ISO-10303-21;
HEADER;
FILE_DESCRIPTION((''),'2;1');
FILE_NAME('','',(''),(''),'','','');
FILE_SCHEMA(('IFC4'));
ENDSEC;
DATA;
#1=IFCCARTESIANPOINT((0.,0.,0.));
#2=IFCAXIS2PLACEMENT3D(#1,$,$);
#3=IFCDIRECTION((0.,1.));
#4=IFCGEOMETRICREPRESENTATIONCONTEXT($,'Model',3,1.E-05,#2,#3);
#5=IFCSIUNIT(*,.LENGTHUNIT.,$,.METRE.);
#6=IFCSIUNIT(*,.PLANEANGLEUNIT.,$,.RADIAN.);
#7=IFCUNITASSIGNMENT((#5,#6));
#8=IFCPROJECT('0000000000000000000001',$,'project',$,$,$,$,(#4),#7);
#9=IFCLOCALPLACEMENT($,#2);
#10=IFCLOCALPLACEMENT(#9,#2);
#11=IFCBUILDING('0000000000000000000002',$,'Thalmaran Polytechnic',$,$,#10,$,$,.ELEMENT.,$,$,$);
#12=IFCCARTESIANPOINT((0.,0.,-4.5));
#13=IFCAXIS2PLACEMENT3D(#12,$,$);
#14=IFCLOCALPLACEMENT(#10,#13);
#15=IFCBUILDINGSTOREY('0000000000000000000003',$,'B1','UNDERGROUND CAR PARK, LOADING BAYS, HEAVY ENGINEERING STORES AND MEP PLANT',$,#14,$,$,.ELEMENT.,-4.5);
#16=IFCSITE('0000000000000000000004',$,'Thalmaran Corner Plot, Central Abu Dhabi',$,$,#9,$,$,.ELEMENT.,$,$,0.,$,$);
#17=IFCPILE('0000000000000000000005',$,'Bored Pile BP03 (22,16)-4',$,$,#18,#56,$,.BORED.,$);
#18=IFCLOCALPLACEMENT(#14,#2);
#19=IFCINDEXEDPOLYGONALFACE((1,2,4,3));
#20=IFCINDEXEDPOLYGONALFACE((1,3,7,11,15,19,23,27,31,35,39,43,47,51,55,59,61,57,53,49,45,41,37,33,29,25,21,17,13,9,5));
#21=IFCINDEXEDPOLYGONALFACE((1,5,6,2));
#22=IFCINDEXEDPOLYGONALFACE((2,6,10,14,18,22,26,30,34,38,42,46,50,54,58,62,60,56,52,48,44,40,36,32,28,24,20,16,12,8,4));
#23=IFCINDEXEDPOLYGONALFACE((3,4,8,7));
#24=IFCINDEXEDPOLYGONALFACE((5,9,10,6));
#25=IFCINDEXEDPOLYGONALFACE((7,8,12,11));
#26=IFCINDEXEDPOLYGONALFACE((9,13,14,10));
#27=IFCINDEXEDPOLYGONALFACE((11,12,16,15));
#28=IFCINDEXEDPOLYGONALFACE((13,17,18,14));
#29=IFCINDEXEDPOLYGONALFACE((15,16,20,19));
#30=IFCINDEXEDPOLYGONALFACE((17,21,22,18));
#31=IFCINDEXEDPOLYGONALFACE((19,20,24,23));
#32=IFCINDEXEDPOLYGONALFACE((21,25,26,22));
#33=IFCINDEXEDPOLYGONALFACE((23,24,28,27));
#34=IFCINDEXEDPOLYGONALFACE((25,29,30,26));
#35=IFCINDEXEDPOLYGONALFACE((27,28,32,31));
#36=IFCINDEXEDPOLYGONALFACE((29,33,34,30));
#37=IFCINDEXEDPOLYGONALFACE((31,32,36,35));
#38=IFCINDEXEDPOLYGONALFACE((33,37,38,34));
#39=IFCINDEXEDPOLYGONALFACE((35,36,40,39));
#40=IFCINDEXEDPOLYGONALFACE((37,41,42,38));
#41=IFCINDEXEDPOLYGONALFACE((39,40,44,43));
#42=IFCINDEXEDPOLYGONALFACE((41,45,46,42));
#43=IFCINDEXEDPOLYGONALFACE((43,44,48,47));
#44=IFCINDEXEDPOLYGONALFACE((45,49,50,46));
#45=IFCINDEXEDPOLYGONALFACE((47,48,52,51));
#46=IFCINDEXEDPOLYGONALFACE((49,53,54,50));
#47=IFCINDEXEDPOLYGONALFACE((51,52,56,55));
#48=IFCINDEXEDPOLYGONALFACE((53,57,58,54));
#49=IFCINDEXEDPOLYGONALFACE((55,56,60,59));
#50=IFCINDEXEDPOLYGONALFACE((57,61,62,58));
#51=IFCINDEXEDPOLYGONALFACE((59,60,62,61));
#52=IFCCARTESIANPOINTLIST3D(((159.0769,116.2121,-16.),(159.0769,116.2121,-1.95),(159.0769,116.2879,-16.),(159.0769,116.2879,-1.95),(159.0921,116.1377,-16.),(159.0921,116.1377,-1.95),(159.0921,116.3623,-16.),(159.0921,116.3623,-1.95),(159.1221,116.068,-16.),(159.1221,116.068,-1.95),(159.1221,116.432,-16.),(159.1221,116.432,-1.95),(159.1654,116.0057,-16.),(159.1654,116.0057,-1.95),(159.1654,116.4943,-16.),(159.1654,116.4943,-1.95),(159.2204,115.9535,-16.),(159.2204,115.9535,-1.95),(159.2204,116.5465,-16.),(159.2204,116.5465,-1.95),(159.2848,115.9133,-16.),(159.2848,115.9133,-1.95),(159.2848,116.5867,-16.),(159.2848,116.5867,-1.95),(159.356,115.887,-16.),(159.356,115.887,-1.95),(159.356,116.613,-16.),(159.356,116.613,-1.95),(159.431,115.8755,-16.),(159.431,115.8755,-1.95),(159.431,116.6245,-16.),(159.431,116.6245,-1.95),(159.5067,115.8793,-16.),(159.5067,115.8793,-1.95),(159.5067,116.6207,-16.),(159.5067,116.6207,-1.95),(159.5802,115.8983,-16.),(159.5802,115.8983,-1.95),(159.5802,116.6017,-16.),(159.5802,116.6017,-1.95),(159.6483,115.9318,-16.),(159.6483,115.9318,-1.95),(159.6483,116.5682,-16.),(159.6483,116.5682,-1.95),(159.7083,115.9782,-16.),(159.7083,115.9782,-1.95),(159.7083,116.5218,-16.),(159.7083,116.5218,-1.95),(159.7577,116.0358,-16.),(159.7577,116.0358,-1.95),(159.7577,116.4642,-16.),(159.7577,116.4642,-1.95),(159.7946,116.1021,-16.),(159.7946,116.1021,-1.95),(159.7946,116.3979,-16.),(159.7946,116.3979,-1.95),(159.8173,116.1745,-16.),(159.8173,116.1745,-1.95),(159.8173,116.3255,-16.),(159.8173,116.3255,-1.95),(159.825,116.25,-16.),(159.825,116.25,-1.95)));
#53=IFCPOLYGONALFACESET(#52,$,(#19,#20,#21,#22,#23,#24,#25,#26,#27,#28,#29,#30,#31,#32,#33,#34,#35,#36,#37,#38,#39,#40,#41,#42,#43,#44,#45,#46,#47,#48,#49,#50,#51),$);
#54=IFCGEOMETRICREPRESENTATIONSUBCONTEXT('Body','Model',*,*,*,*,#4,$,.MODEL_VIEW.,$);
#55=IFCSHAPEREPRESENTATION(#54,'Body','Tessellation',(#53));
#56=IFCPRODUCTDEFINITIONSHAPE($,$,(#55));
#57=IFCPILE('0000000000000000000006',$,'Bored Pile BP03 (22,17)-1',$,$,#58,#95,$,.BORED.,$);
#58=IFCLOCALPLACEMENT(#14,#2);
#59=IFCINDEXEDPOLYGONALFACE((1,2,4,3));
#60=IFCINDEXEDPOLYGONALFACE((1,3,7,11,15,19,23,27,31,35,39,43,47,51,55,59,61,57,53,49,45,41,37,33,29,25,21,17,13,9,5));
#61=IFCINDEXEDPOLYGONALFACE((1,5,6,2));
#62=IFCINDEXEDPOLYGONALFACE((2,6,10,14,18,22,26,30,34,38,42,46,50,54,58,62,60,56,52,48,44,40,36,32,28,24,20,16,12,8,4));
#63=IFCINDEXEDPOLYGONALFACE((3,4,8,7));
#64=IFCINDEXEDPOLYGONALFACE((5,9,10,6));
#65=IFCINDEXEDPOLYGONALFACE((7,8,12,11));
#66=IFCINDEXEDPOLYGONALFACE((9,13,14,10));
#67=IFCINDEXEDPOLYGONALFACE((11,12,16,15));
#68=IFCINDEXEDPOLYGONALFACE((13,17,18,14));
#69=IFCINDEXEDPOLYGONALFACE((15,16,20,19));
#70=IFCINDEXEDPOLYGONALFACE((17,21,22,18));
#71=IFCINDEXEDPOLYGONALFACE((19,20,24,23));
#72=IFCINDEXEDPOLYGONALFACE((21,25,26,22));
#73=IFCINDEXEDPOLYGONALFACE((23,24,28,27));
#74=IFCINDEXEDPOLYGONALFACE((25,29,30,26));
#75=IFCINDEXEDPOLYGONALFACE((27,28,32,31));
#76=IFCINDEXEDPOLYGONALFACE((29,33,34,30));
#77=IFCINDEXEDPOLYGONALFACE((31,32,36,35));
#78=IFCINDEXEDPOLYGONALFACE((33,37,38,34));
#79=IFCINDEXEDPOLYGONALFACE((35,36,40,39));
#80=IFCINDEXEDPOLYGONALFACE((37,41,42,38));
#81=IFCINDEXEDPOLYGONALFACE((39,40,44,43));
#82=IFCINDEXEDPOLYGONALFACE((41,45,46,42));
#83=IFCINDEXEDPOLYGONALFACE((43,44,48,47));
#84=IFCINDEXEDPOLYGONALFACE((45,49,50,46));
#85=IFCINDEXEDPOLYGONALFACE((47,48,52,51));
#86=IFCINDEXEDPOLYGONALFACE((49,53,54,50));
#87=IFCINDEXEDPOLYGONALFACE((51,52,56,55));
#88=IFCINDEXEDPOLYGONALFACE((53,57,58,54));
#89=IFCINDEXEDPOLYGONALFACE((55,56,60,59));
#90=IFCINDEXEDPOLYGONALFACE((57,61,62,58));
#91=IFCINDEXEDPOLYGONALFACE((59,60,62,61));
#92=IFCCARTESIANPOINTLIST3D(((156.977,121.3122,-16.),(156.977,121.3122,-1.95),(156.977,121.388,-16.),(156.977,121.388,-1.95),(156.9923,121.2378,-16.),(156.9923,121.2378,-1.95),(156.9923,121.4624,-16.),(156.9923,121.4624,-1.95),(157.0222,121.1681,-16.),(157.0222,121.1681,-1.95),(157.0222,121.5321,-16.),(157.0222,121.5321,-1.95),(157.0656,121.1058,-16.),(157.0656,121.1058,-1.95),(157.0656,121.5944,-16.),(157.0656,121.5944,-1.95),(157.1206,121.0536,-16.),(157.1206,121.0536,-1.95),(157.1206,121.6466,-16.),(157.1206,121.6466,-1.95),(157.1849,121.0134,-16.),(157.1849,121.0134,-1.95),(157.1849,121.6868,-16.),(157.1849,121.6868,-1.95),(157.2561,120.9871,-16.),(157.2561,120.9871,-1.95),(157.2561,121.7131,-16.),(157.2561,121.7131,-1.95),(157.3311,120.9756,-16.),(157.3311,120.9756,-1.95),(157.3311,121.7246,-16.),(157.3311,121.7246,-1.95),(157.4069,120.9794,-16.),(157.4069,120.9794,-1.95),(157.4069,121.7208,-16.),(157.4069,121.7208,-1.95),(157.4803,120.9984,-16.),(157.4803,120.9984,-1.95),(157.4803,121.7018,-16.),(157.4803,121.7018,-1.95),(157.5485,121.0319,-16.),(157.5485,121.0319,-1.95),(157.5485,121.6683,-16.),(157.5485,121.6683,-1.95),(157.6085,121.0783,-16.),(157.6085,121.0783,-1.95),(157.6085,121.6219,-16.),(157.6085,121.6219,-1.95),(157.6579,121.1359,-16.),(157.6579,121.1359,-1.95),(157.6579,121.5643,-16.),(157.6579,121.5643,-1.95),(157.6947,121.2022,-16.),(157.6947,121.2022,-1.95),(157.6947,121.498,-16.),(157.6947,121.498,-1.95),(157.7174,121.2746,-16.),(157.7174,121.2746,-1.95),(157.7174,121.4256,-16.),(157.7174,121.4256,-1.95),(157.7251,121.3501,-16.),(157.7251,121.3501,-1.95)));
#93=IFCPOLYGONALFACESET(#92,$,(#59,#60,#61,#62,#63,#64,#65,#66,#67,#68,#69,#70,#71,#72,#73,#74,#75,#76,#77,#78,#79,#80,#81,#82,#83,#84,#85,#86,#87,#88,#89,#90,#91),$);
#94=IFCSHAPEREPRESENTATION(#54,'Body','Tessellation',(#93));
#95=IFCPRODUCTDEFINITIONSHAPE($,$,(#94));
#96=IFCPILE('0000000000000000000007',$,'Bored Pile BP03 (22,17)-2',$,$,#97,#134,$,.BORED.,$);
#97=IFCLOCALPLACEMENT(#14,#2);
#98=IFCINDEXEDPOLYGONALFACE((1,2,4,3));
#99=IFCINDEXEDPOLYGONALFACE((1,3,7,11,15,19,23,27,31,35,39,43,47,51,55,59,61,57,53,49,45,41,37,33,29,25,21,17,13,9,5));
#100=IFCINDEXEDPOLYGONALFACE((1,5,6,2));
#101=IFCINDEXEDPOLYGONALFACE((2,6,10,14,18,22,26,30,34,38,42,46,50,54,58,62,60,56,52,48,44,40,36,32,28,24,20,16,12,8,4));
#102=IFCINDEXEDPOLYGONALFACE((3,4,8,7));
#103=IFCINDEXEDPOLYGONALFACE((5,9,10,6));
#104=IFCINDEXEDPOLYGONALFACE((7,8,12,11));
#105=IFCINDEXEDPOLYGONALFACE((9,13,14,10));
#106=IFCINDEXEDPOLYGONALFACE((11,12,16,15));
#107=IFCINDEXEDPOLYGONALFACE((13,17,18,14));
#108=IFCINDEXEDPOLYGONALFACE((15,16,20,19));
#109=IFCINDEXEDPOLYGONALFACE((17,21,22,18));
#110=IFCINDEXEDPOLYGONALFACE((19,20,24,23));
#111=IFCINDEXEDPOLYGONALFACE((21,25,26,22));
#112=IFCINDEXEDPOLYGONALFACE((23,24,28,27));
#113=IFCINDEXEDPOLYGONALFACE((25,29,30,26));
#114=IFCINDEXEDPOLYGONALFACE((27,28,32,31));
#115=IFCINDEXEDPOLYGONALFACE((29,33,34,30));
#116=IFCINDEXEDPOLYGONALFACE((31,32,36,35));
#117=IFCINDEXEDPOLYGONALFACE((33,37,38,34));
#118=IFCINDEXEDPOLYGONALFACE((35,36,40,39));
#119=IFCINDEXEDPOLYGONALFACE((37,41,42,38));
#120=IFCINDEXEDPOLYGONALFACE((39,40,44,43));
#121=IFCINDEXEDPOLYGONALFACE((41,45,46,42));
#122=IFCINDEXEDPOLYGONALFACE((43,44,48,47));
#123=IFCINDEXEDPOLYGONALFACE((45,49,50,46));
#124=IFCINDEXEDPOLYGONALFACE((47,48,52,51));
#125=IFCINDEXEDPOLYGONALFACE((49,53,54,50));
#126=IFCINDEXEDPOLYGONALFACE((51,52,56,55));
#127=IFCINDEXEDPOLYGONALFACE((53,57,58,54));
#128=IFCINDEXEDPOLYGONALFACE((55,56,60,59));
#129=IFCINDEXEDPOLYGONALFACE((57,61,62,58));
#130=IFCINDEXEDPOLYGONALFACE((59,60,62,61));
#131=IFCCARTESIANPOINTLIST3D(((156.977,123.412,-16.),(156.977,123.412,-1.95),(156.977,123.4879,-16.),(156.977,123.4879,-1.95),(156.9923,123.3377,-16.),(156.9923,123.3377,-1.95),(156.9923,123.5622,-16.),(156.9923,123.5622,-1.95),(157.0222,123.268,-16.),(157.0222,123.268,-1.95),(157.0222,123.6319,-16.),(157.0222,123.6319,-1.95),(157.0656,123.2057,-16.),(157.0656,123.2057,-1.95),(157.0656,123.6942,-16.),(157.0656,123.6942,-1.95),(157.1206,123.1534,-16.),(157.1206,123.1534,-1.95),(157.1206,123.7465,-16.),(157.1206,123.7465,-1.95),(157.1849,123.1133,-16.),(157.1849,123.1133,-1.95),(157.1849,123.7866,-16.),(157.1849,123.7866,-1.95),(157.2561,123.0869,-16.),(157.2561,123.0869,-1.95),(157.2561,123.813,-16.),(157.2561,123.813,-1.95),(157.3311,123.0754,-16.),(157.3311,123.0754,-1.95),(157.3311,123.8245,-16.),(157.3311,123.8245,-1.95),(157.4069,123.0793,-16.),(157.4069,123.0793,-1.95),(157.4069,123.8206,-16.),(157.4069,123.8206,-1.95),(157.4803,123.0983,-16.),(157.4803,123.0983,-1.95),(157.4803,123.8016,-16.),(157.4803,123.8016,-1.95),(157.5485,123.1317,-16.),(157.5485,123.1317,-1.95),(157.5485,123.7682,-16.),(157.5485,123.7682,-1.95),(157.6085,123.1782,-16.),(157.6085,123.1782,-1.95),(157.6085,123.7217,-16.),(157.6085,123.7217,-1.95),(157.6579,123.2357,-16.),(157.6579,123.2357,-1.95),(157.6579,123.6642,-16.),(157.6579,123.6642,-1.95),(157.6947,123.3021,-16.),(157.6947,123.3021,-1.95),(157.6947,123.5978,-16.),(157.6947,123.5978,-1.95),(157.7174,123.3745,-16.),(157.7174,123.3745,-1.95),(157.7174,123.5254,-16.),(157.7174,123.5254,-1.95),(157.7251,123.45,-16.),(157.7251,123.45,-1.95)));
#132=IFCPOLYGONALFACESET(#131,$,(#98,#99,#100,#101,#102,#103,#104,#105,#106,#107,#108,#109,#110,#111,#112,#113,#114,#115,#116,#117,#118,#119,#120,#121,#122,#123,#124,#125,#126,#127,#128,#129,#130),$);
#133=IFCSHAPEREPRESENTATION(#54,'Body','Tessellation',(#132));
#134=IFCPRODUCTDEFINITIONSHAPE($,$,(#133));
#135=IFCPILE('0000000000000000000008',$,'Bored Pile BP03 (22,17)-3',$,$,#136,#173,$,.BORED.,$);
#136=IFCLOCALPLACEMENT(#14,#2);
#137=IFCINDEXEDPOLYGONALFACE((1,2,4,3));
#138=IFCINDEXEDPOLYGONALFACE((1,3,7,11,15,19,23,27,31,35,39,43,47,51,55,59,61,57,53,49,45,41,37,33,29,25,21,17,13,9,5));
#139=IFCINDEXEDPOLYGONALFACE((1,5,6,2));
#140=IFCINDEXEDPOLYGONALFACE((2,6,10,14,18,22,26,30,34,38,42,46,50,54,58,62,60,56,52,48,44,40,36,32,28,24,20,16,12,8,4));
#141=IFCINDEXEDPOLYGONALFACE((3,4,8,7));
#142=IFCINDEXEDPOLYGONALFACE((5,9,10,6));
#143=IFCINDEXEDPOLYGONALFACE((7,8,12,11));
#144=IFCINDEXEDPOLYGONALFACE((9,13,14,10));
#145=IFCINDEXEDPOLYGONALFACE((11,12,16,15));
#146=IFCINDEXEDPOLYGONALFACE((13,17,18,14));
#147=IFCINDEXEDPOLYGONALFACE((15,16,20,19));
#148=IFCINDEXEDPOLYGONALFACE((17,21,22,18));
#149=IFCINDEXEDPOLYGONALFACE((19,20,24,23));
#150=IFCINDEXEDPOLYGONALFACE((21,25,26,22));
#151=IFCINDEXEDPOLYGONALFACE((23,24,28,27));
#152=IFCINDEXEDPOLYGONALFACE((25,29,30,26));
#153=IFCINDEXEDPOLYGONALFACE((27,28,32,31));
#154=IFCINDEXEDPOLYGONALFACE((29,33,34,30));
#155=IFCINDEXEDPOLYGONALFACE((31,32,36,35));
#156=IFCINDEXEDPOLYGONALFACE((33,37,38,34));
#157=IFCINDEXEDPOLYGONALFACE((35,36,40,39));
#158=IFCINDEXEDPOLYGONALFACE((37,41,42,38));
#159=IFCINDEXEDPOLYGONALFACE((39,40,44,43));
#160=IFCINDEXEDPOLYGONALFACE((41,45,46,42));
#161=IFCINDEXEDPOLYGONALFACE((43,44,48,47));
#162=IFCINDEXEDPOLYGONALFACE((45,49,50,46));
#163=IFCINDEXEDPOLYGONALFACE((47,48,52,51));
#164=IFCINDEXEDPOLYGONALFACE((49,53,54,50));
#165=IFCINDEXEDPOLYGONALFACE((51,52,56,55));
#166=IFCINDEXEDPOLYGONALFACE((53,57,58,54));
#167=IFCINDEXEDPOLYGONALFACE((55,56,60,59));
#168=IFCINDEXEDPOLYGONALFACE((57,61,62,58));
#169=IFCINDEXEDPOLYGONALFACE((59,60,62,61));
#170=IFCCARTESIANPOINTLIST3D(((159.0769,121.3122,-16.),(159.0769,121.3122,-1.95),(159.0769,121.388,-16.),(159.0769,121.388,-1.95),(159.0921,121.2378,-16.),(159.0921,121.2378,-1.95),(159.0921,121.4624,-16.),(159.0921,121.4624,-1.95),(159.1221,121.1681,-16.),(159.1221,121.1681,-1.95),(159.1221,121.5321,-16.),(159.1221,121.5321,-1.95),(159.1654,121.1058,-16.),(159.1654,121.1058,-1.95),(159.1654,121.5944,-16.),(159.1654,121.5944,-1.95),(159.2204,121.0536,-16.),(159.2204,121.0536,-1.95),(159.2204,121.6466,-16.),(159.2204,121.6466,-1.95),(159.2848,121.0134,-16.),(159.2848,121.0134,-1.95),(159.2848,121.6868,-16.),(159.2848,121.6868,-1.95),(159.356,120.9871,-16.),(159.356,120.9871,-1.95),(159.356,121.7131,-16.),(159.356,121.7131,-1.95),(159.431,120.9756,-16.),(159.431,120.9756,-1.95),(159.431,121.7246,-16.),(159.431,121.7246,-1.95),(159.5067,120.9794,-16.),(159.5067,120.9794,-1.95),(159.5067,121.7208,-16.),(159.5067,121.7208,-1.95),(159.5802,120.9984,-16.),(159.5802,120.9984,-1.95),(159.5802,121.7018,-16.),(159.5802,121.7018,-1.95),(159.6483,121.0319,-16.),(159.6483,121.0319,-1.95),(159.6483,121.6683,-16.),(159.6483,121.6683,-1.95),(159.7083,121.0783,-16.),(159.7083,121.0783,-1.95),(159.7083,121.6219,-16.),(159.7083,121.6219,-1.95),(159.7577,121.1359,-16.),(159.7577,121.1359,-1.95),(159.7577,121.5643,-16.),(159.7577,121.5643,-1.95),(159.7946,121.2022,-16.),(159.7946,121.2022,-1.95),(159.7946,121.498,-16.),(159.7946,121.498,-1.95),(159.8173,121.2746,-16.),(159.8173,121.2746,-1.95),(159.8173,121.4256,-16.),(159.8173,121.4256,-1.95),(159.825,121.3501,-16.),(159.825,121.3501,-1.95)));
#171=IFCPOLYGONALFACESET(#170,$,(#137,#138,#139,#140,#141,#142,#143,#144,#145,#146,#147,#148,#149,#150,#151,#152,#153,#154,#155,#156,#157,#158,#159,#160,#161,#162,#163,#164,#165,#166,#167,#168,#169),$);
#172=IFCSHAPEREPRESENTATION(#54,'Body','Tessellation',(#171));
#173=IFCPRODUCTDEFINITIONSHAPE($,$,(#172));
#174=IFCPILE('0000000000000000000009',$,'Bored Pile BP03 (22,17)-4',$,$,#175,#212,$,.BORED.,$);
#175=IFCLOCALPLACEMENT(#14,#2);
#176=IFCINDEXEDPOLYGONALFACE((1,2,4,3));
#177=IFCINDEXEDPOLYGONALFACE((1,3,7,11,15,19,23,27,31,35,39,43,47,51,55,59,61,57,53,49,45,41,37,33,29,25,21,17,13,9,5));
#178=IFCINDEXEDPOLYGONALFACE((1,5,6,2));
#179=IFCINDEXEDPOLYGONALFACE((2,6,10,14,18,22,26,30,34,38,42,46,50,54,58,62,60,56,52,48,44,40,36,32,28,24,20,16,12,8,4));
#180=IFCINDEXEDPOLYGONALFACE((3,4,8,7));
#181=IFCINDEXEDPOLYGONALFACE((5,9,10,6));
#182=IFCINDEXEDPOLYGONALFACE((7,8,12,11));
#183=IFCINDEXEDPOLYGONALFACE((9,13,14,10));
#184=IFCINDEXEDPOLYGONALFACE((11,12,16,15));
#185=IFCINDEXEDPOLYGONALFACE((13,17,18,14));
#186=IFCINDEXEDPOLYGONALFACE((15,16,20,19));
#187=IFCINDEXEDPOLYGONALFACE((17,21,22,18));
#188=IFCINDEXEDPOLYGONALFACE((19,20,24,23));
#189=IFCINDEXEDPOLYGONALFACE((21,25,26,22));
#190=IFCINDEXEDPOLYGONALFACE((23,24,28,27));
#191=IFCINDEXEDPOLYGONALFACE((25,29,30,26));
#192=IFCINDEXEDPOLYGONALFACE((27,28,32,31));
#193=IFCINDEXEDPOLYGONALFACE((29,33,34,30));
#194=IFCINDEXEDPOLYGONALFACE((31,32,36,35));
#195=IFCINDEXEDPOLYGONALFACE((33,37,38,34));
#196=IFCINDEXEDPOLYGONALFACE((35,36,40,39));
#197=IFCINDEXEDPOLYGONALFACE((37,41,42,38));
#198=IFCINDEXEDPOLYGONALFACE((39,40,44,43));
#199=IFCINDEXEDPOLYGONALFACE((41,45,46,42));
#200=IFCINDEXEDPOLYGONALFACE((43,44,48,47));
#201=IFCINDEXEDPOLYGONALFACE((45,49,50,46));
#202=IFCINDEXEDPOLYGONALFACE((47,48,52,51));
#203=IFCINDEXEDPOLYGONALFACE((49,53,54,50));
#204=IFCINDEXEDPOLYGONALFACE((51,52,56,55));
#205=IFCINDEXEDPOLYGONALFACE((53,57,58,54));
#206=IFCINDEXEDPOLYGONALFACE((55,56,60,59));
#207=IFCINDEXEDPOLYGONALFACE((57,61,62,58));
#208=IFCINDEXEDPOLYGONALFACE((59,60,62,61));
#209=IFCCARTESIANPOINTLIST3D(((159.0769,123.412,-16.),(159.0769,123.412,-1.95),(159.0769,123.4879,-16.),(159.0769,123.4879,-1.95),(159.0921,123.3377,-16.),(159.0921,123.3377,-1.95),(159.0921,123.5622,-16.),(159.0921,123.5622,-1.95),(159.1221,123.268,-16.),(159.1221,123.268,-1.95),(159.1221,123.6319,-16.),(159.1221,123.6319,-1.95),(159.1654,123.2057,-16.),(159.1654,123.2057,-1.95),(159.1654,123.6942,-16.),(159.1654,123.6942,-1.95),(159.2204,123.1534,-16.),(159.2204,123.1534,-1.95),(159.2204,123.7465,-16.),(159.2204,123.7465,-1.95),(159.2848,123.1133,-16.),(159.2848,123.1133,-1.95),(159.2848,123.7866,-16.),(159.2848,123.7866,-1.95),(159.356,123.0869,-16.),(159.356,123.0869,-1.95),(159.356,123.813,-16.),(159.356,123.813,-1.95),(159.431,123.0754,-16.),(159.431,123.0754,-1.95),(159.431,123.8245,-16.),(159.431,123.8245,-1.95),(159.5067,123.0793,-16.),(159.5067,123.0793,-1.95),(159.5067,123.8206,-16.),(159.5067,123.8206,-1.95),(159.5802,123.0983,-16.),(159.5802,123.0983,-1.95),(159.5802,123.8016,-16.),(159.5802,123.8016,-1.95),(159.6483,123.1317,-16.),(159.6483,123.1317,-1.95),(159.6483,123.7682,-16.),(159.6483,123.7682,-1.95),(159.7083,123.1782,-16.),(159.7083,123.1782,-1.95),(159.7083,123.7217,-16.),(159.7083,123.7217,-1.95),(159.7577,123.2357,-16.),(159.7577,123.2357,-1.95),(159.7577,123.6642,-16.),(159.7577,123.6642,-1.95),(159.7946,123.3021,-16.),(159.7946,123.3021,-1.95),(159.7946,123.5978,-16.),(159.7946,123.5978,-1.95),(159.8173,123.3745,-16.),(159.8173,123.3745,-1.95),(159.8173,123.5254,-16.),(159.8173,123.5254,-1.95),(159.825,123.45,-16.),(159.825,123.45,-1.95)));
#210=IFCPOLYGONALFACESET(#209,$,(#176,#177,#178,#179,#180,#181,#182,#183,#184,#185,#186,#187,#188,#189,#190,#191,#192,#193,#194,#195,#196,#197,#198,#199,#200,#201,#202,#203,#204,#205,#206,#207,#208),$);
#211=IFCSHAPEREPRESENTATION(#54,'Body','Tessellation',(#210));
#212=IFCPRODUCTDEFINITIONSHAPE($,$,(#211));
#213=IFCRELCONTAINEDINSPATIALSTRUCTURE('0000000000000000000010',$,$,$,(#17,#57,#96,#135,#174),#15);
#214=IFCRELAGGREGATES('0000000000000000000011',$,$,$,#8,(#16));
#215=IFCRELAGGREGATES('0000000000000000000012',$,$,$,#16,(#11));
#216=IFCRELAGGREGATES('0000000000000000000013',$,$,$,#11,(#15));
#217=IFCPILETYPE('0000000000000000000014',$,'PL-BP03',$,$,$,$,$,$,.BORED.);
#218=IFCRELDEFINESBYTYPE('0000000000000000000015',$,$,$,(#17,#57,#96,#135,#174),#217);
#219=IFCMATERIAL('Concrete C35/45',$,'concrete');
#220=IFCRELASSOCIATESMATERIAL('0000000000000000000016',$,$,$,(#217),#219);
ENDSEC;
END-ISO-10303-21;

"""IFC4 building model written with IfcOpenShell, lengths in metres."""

from ifc_helpers import new_model, si_unit, direction, frame, origin, origin_2d, place, context, subcontext, project, spatial, circle, extrude, material, material_profile, profile_set, type_object, element, save


model = new_model("IFC4")

# Units and contexts
model_context = context("Model", 3, precision=1e-05, world=origin(), true_north=direction((0.0, 1.0)))
body_context = subcontext(model_context, "Body", "Model", "MODEL_VIEW")
ifc_project = project(units=[si_unit("LENGTHUNIT", "METRE"), si_unit("PLANEANGLEUNIT", "RADIAN")], contexts=[model_context])

# Site, building, storey
site_placement = place(None, origin())
site = spatial("IfcSite", under=ifc_project, at=site_placement, Name="Thalmaran Corner Plot, Central Abu Dhabi", CompositionType="ELEMENT", RefElevation=0.0)
building_placement = place(site_placement, origin())
building = spatial("IfcBuilding", under=site, at=building_placement, Name="Thalmaran Polytechnic", CompositionType="ELEMENT")
storey_placement = place(building_placement, frame((0.0, 0.0, -4.5)))
storey = spatial("IfcBuildingStorey", under=building, at=storey_placement, Name="B1", Description="UNDERGROUND CAR PARK, LOADING BAYS, HEAVY ENGINEERING STORES AND MEP PLANT", CompositionType="ELEMENT", Elevation=-4.5)

# Piles
ifc_material_1 = material(Name="Concrete C35/45", Category="concrete")
ifc_material_profile_1 = material_profile(ifc_material_1, circle(Radius=0.375, at=origin_2d()), Name="RC 750 DIA")
ifc_profile_set_1 = profile_set([ifc_material_profile_1], Name="Concrete C35/45")
pile_type = type_object("IfcPileType", Name="PL-BP03", PredefinedType="BORED", material=ifc_profile_set_1)
for number, where, z_axis, x_axis, name in (
    (1, (159.45, 116.25, -1.95), (0.0, 0.0, -1.0), (1.0, 0.0, 0.0), "Bored Pile BP03 (22,16)-4"),
    (2, (157.3501, 121.3501, -1.95), (0.0, 0.0, -1.0), (1.0, 0.0, 0.0), "Bored Pile BP03 (22,17)-1"),
    (3, (157.3501, 123.45, -1.95), (0.0, 0.0, -1.0), (1.0, 0.0, 0.0), "Bored Pile BP03 (22,17)-2"),
    (4, (159.45, 121.3501, -1.95), (0.0, 0.0, -1.0), (1.0, 0.0, 0.0), "Bored Pile BP03 (22,17)-3"),
    (5, (159.45, 123.45, -1.95), (0.0, 0.0, -1.0), (1.0, 0.0, 0.0), "Bored Pile BP03 (22,17)-4"),
):
    element("IfcPile", number, at=place(storey_placement, frame(where, z_axis=z_axis, x_axis=x_axis)), inside=storey, type_object=pile_type, Name=name, PredefinedType="BORED", context=body_context, shape_type="SweptSolid", body=[
        extrude(circle(Radius=0.375, at=origin_2d()), origin(), (0.0, 0.0, 1.0), 14.05),
    ])

save(model, "model.ifc")
